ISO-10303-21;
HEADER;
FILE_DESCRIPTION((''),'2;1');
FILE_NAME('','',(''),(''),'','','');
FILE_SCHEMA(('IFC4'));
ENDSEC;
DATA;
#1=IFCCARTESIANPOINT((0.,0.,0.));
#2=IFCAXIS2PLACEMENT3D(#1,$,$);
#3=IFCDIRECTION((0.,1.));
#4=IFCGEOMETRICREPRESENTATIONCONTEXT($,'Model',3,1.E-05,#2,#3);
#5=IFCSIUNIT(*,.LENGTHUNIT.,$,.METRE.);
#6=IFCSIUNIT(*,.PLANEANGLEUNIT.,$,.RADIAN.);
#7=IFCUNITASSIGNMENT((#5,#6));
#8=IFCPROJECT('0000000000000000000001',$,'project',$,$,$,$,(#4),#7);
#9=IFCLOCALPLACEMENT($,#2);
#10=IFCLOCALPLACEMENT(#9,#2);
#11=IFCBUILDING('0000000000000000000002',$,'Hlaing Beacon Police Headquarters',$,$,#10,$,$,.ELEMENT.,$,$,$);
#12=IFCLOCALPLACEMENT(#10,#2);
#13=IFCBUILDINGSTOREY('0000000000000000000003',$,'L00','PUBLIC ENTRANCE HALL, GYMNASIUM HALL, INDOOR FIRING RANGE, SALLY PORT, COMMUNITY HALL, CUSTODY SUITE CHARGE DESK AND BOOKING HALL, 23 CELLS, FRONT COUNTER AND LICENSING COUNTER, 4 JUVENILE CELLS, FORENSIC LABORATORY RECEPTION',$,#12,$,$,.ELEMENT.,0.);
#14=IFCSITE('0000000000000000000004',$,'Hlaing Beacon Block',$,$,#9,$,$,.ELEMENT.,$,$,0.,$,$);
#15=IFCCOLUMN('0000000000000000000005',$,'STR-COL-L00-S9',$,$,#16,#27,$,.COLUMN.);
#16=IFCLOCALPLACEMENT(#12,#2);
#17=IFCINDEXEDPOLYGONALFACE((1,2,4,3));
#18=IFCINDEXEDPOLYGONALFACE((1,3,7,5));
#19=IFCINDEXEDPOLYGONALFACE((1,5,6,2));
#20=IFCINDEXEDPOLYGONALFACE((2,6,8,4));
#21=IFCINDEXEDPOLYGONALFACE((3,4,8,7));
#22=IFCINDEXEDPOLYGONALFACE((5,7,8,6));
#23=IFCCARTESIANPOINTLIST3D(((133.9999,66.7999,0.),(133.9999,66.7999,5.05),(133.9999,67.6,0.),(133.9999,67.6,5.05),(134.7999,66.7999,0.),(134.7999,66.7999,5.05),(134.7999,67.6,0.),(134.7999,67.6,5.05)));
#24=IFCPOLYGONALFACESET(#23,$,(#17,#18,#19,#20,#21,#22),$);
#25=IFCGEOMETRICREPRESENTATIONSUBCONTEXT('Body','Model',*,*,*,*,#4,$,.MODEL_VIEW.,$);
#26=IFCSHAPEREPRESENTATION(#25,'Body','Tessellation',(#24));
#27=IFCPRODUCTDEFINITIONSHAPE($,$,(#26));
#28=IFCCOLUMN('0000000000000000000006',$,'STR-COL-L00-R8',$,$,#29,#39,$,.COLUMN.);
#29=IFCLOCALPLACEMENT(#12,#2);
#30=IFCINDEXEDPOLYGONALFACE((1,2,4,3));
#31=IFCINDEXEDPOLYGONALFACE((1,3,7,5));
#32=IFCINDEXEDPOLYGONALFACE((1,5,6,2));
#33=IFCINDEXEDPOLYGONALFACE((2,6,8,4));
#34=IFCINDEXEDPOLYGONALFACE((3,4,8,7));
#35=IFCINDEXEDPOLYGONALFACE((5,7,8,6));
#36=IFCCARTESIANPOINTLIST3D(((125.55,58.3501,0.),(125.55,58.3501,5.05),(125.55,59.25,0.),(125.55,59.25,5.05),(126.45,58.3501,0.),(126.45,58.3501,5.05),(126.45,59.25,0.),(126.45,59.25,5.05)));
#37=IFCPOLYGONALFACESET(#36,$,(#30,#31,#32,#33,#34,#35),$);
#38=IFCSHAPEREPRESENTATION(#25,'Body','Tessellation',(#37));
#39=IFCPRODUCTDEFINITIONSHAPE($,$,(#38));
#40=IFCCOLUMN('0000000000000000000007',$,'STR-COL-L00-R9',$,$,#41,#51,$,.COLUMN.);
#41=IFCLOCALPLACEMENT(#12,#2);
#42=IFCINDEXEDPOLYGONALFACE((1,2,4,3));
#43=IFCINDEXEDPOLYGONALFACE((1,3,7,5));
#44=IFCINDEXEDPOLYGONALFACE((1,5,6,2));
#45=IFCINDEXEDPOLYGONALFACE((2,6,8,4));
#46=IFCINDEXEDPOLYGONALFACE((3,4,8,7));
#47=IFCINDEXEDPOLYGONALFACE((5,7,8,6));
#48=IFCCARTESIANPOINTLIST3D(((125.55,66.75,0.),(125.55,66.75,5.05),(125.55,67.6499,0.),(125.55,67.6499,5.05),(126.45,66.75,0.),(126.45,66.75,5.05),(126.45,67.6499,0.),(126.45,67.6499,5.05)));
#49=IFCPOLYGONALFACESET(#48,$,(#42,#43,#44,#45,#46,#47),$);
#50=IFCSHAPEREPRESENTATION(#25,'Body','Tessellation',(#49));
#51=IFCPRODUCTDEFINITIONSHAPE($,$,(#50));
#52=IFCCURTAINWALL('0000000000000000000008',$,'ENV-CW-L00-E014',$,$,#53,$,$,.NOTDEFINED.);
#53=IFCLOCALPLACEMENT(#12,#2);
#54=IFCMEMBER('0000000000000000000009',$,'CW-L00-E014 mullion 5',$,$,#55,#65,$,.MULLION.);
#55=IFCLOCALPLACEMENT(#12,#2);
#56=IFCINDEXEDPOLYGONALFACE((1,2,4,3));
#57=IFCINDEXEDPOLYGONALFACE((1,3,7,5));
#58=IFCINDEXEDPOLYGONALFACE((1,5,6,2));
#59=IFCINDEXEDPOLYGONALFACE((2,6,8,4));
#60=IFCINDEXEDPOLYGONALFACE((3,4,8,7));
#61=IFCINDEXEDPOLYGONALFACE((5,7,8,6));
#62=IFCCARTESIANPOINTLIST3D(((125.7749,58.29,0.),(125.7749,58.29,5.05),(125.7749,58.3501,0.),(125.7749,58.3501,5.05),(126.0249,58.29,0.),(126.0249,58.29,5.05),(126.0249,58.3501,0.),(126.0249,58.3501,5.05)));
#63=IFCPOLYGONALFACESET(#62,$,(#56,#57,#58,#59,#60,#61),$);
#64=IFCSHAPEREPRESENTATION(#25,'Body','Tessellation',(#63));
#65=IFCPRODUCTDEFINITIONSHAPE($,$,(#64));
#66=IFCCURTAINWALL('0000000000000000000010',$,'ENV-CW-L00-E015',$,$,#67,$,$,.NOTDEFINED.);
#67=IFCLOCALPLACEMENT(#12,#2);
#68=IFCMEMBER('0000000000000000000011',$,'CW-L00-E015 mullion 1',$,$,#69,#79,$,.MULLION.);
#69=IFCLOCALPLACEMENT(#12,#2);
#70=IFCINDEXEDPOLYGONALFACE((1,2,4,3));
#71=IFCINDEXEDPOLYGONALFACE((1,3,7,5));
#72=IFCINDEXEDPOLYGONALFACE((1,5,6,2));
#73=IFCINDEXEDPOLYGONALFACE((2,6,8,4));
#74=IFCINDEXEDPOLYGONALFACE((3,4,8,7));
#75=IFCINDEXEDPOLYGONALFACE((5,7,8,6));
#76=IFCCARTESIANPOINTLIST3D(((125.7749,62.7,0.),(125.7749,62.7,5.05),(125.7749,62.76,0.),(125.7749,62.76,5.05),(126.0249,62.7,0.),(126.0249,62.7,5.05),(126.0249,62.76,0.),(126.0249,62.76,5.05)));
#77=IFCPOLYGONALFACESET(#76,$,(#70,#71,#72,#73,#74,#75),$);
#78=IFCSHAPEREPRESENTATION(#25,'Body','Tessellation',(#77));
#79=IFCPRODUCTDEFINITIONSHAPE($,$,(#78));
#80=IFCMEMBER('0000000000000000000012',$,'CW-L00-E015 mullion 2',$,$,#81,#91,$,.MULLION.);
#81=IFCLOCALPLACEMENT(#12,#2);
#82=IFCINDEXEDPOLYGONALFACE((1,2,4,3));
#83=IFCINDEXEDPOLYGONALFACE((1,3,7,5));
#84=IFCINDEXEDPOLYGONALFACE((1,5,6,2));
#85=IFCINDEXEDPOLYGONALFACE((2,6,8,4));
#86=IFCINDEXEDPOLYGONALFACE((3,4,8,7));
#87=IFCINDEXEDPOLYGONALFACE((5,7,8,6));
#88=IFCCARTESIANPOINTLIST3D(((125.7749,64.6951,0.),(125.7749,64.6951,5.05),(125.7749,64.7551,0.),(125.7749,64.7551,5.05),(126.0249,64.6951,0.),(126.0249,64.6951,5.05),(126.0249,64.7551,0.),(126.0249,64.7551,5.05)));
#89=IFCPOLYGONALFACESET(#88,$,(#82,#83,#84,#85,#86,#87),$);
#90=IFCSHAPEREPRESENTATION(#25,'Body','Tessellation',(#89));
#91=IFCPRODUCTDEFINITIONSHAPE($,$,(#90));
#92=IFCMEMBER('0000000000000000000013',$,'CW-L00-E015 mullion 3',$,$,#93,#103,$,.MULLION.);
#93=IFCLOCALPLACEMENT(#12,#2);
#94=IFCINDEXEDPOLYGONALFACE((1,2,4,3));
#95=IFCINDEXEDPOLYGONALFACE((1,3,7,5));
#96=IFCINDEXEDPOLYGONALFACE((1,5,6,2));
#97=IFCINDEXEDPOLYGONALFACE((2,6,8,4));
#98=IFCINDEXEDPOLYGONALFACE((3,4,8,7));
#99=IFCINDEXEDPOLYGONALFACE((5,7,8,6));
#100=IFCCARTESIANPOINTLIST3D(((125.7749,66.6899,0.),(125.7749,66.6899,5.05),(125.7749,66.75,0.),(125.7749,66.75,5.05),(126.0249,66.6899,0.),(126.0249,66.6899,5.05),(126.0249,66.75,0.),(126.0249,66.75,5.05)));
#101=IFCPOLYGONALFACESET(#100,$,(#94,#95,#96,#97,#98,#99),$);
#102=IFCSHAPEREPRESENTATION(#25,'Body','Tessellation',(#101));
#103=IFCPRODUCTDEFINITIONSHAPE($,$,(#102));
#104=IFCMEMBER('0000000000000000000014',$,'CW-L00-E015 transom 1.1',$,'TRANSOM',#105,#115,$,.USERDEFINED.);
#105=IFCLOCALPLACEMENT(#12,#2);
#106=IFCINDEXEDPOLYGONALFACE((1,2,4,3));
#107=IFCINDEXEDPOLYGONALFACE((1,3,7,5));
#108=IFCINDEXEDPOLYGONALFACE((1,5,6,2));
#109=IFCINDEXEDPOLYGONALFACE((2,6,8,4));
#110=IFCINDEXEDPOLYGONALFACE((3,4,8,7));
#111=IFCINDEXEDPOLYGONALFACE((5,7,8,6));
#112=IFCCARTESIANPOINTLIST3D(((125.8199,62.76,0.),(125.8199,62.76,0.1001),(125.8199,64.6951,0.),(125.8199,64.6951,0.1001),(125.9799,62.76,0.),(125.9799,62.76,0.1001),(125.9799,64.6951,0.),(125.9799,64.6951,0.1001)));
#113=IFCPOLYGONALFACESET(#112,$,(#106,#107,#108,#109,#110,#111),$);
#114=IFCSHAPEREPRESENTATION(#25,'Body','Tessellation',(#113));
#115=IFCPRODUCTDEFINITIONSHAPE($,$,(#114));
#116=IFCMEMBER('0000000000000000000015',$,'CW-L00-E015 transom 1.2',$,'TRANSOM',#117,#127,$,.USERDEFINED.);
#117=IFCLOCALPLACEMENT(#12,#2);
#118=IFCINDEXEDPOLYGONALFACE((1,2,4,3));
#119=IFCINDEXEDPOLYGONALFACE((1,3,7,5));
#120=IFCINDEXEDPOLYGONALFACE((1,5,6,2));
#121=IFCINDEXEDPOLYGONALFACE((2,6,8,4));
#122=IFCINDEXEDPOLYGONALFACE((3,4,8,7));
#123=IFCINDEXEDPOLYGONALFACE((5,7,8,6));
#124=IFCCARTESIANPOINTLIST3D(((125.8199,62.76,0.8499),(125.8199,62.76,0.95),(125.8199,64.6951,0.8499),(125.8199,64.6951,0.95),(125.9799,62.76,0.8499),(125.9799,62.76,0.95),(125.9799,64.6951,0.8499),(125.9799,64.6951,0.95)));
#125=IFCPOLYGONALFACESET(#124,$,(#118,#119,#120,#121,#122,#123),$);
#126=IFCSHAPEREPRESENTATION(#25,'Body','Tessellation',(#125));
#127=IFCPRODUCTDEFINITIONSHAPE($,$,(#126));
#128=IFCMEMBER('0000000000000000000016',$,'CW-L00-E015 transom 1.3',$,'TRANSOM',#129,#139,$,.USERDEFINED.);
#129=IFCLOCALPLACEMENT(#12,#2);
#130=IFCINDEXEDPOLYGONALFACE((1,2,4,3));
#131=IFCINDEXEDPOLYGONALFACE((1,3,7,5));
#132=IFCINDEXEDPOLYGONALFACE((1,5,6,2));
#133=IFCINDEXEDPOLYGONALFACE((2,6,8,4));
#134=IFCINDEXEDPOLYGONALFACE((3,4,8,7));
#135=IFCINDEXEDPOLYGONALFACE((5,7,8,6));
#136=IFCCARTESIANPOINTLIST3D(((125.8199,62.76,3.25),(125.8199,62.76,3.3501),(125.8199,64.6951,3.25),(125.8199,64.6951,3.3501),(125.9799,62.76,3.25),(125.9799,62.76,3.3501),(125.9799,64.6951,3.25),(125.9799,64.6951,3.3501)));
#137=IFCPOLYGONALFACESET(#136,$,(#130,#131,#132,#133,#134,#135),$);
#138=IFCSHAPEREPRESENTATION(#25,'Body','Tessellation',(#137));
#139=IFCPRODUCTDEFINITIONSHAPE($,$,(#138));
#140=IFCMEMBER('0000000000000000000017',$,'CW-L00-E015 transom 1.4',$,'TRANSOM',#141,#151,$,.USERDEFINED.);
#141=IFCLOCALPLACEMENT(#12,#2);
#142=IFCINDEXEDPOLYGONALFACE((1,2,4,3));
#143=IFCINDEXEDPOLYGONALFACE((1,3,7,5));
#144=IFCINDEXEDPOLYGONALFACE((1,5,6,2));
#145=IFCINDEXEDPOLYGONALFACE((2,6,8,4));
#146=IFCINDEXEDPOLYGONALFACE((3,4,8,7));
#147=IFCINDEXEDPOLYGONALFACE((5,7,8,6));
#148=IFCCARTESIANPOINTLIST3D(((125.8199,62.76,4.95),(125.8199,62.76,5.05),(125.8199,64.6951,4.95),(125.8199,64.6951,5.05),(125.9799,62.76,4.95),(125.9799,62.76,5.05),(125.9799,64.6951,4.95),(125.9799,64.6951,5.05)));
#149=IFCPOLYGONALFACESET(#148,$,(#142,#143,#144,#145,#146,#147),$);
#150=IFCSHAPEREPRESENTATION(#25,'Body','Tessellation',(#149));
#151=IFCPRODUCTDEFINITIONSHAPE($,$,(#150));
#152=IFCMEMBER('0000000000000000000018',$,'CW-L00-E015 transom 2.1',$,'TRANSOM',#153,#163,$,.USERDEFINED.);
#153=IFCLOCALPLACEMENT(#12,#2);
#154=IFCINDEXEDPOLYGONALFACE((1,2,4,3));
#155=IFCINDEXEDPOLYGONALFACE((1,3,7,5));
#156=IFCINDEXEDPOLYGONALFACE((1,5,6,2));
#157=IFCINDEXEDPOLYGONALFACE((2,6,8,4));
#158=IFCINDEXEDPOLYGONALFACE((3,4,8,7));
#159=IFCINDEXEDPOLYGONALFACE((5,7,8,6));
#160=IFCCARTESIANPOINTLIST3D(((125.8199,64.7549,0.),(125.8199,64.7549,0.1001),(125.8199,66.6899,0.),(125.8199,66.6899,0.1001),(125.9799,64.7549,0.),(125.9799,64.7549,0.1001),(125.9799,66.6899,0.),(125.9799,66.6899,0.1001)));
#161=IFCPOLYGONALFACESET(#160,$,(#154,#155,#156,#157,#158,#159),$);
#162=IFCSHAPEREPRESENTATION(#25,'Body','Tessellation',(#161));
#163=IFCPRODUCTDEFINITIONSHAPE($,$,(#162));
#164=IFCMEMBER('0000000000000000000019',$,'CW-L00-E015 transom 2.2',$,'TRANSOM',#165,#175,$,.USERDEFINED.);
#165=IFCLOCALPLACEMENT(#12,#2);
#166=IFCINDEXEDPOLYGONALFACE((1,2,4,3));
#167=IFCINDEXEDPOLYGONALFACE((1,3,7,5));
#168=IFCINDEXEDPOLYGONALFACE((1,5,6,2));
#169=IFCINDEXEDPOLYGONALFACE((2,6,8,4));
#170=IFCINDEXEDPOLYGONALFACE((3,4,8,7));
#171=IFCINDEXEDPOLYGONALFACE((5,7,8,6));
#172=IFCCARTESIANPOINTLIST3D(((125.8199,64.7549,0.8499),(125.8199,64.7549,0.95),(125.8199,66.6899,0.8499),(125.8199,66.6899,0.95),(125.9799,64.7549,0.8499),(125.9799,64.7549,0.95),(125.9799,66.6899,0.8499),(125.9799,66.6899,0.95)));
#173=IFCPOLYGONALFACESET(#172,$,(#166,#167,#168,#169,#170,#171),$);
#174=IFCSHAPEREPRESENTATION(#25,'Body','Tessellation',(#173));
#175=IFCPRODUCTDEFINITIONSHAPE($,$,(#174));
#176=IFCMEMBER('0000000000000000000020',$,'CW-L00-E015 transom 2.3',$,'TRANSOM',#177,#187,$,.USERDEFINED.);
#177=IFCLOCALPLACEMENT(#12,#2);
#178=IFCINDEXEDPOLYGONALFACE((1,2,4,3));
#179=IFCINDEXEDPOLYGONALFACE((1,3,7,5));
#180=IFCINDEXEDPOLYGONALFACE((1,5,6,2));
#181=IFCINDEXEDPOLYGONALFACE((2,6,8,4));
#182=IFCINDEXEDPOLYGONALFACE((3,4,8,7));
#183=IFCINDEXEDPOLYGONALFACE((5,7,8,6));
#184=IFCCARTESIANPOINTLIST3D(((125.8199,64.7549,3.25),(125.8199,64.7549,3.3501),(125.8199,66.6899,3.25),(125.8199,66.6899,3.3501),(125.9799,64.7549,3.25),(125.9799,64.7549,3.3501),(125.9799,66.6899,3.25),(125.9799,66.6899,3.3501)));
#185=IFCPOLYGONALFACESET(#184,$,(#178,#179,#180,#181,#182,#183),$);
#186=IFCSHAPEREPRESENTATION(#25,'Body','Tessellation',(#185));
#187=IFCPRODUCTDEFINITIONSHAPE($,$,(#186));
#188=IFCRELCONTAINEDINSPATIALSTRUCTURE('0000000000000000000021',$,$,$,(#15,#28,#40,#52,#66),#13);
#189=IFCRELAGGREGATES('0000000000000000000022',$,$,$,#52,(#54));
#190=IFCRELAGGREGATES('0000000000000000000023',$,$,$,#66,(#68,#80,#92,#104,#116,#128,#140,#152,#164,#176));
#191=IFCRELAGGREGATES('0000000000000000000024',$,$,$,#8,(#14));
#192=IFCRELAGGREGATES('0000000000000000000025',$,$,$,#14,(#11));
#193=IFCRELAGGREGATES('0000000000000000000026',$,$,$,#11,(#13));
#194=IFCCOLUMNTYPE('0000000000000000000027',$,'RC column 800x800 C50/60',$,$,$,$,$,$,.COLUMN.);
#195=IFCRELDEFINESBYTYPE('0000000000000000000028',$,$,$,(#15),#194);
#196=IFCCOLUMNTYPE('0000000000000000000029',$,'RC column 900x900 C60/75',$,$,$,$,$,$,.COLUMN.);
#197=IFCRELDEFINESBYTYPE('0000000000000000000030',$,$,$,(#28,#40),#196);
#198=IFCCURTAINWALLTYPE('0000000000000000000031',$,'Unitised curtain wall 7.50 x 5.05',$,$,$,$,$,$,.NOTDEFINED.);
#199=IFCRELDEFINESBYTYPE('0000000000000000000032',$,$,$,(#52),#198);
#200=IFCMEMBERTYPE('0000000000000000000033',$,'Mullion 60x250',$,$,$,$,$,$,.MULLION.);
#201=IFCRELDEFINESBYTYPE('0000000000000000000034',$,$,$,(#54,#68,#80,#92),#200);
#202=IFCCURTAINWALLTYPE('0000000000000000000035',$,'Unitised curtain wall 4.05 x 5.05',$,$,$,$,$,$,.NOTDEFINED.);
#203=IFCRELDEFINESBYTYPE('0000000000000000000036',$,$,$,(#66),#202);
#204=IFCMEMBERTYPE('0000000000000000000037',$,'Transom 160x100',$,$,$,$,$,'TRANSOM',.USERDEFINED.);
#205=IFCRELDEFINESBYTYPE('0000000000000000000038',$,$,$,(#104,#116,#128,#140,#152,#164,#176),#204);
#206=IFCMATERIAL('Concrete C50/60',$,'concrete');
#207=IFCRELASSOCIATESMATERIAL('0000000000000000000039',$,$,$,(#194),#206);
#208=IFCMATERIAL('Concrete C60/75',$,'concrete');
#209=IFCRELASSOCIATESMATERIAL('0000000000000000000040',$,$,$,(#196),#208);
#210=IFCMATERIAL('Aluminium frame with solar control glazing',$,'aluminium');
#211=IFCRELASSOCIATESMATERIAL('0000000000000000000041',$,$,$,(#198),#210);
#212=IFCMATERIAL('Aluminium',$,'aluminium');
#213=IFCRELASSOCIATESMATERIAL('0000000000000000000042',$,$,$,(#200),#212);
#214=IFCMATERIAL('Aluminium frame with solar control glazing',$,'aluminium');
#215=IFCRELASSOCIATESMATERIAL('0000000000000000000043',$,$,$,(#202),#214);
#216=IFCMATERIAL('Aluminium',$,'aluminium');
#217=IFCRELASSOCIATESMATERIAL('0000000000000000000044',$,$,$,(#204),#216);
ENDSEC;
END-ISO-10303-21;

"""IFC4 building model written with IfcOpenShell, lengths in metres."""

from ifc_helpers import new_model, si_unit, direction, frame, origin, origin_2d, place, context, subcontext, project, spatial, rectangle, extrude, material, material_profile, profile_set, type_object, element, aggregate, save


model = new_model("IFC4")

# Units and contexts
model_context = context("Model", 3, precision=1e-05, world=origin(), true_north=direction((0.0, 1.0)))
body_context = subcontext(model_context, "Body", "Model", "MODEL_VIEW")
ifc_project = project(units=[si_unit("LENGTHUNIT", "METRE"), si_unit("PLANEANGLEUNIT", "RADIAN")], contexts=[model_context])

# Site, building, storey
site_placement = place(None, origin())
site = spatial("IfcSite", under=ifc_project, at=site_placement, Name="Hlaing Beacon Block", CompositionType="ELEMENT", RefElevation=0.0)
building_placement = place(site_placement, origin())
building = spatial("IfcBuilding", under=site, at=building_placement, Name="Hlaing Beacon Police Headquarters", CompositionType="ELEMENT")
storey_placement = place(building_placement, origin())
storey = spatial("IfcBuildingStorey", under=building, at=storey_placement, Name="L00", Description="PUBLIC ENTRANCE HALL, GYMNASIUM HALL, INDOOR FIRING RANGE, SALLY PORT, COMMUNITY HALL, CUSTODY SUITE CHARGE DESK AND BOOKING HALL, 23 CELLS, FRONT COUNTER AND LICENSING COUNTER, 4 JUVENILE CELLS, FORENSIC LABORATORY RECEPTION", CompositionType="ELEMENT", Elevation=0.0)

# Columns
ifc_material_1 = material(Name="Concrete C50/60", Category="concrete")
ifc_material_profile_1 = material_profile(ifc_material_1, rectangle(XDim=0.8, YDim=0.8, at=origin_2d()), Name="800x800")
ifc_profile_set_1 = profile_set([ifc_material_profile_1], Name="Concrete C50/60")
column_type_1 = type_object("IfcColumnType", Name="RC column 800x800 C50/60", PredefinedType="COLUMN", material=ifc_profile_set_1)
column_placement = place(storey_placement, frame((134.3999, 67.2, 0.0), z_axis=(0.0, 0.0, 1.0), x_axis=(1.0, 0.0, 0.0)))
element("IfcColumn", 1, at=column_placement, inside=storey, type_object=column_type_1, Name="STR-COL-L00-S9", PredefinedType="COLUMN", context=body_context, shape_type="SweptSolid", body=[
    extrude(rectangle(XDim=0.8, YDim=0.8, at=origin_2d()), origin(), (0.0, 0.0, 1.0), 5.05),
])
ifc_material_2 = material(Name="Concrete C60/75", Category="concrete")
ifc_material_profile_2 = material_profile(ifc_material_2, rectangle(XDim=0.8999, YDim=0.8999, at=origin_2d()), Name="900x900")
ifc_profile_set_2 = profile_set([ifc_material_profile_2], Name="Concrete C60/75")
column_type_2 = type_object("IfcColumnType", Name="RC column 900x900 C60/75", PredefinedType="COLUMN", material=ifc_profile_set_2)
for number, where, z_axis, x_axis, name in (
    (2, (126.0, 58.8, 0.0), (0.0, 0.0, 1.0), (1.0, 0.0, 0.0), "STR-COL-L00-R8"),
    (3, (126.0, 67.2, 0.0), (0.0, 0.0, 1.0), (1.0, 0.0, 0.0), "STR-COL-L00-R9"),
):
    element("IfcColumn", number, at=place(storey_placement, frame(where, z_axis=z_axis, x_axis=x_axis)), inside=storey, type_object=column_type_2, Name=name, PredefinedType="COLUMN", context=body_context, shape_type="SweptSolid", body=[
        extrude(rectangle(XDim=0.8999, YDim=0.8999, at=origin_2d()), origin(), (0.0, 0.0, 1.0), 5.05),
    ])

# Curtain wall, member
ifc_material_3 = material(Name="Aluminium frame with solar control glazing", Category="aluminium")
curtain_wall_type_1 = type_object("IfcCurtainWallType", Name="Unitised curtain wall 7.50 x 5.05", PredefinedType="NOTDEFINED", material=ifc_material_3)
curtain_wall_1_placement = place(storey_placement, origin())
curtain_wall_1 = element("IfcCurtainWall", 4, at=curtain_wall_1_placement, inside=storey, type_object=curtain_wall_type_1, Name="ENV-CW-L00-E014", PredefinedType="NOTDEFINED")
ifc_material_4 = material(Name="Aluminium", Category="aluminium")
ifc_material_profile_3 = material_profile(ifc_material_4, rectangle(XDim=0.25, YDim=0.0601, at=origin_2d()), Name="Mullion 60x250")
ifc_profile_set_3 = profile_set([ifc_material_profile_3], Name="Aluminium")
member_type_1 = type_object("IfcMemberType", Name="Mullion 60x250", PredefinedType="MULLION", material=ifc_profile_set_3)
member_1_placement = place(storey_placement, frame((125.8999, 58.3201, 0.0), z_axis=(0.0, 0.0, 1.0), x_axis=(-1.0, 0.0, 0.0)))
member_1 = element("IfcMember", 5, at=member_1_placement, type_object=member_type_1, Name="CW-L00-E014 mullion 5", PredefinedType="MULLION", context=body_context, shape_type="SweptSolid", body=[
    extrude(rectangle(XDim=0.25, YDim=0.0601, at=origin_2d()), origin(), (0.0, 0.0, 1.0), 5.05),
])

# Curtain wall, members
ifc_material_5 = material(Name="Aluminium frame with solar control glazing", Category="aluminium")
curtain_wall_type_2 = type_object("IfcCurtainWallType", Name="Unitised curtain wall 4.05 x 5.05", PredefinedType="NOTDEFINED", material=ifc_material_5)
curtain_wall_2_placement = place(storey_placement, origin())
curtain_wall_2 = element("IfcCurtainWall", 6, at=curtain_wall_2_placement, inside=storey, type_object=curtain_wall_type_2, Name="ENV-CW-L00-E015", PredefinedType="NOTDEFINED")
member_2_placement = place(storey_placement, frame((125.8999, 62.73, 0.0), z_axis=(0.0, 0.0, 1.0), x_axis=(-1.0, 0.0, 0.0)))
member_2 = element("IfcMember", 7, at=member_2_placement, type_object=member_type_1, Name="CW-L00-E015 mullion 1", PredefinedType="MULLION", context=body_context, shape_type="SweptSolid", body=[
    extrude(rectangle(XDim=0.25, YDim=0.0601, at=origin_2d()), origin(), (0.0, 0.0, 1.0), 5.05),
])
member_3_placement = place(storey_placement, frame((125.8999, 64.7251, 0.0), z_axis=(0.0, 0.0, 1.0), x_axis=(-1.0, 0.0, 0.0)))
member_3 = element("IfcMember", 8, at=member_3_placement, type_object=member_type_1, Name="CW-L00-E015 mullion 2", PredefinedType="MULLION", context=body_context, shape_type="SweptSolid", body=[
    extrude(rectangle(XDim=0.25, YDim=0.0601, at=origin_2d()), origin(), (0.0, 0.0, 1.0), 5.05),
])
member_4_placement = place(storey_placement, frame((125.8999, 66.72, 0.0), z_axis=(0.0, 0.0, 1.0), x_axis=(-1.0, 0.0, 0.0)))
member_4 = element("IfcMember", 9, at=member_4_placement, type_object=member_type_1, Name="CW-L00-E015 mullion 3", PredefinedType="MULLION", context=body_context, shape_type="SweptSolid", body=[
    extrude(rectangle(XDim=0.25, YDim=0.0601, at=origin_2d()), origin(), (0.0, 0.0, 1.0), 5.05),
])
ifc_material_6 = material(Name="Aluminium", Category="aluminium")
ifc_material_profile_4 = material_profile(ifc_material_6, rectangle(XDim=0.1599, YDim=0.1001, at=origin_2d()), Name="Transom 160x100")
ifc_profile_set_4 = profile_set([ifc_material_profile_4], Name="Aluminium")
member_type_2 = type_object("IfcMemberType", Name="Transom 160x100", ElementType="TRANSOM", PredefinedType="USERDEFINED", material=ifc_profile_set_4)
member_5_placement = place(storey_placement, frame((125.8999, 62.76, 0.05), z_axis=(0.0, 1.0, 0.0), x_axis=(-1.0, 0.0, 0.0)))
member_5 = element("IfcMember", 10, at=member_5_placement, type_object=member_type_2, Name="CW-L00-E015 transom 1.1", ObjectType="TRANSOM", PredefinedType="USERDEFINED", context=body_context, shape_type="SweptSolid", body=[
    extrude(rectangle(XDim=0.1599, YDim=0.1001, at=origin_2d()), origin(), (0.0, 0.0, 1.0), 1.9351),
])
member_6_placement = place(storey_placement, frame((125.8999, 62.76, 0.8999), z_axis=(0.0, 1.0, 0.0), x_axis=(-1.0, 0.0, 0.0)))
member_6 = element("IfcMember", 11, at=member_6_placement, type_object=member_type_2, Name="CW-L00-E015 transom 1.2", ObjectType="TRANSOM", PredefinedType="USERDEFINED", context=body_context, shape_type="SweptSolid", body=[
    extrude(rectangle(XDim=0.1599, YDim=0.1001, at=origin_2d()), origin(), (0.0, 0.0, 1.0), 1.9351),
])
member_7_placement = place(storey_placement, frame((125.8999, 62.76, 3.3), z_axis=(0.0, 1.0, 0.0), x_axis=(-1.0, 0.0, 0.0)))
member_7 = element("IfcMember", 12, at=member_7_placement, type_object=member_type_2, Name="CW-L00-E015 transom 1.3", ObjectType="TRANSOM", PredefinedType="USERDEFINED", context=body_context, shape_type="SweptSolid", body=[
    extrude(rectangle(XDim=0.1599, YDim=0.1001, at=origin_2d()), origin(), (0.0, 0.0, 1.0), 1.9351),
])
member_8_placement = place(storey_placement, frame((125.8999, 62.76, 5.0), z_axis=(0.0, 1.0, 0.0), x_axis=(-1.0, 0.0, 0.0)))
member_8 = element("IfcMember", 13, at=member_8_placement, type_object=member_type_2, Name="CW-L00-E015 transom 1.4", ObjectType="TRANSOM", PredefinedType="USERDEFINED", context=body_context, shape_type="SweptSolid", body=[
    extrude(rectangle(XDim=0.1599, YDim=0.1001, at=origin_2d()), origin(), (0.0, 0.0, 1.0), 1.9351),
])
member_9_placement = place(storey_placement, frame((125.8999, 64.7549, 0.05), z_axis=(0.0, 1.0, 0.0), x_axis=(-1.0, 0.0, 0.0)))
member_9 = element("IfcMember", 14, at=member_9_placement, type_object=member_type_2, Name="CW-L00-E015 transom 2.1", ObjectType="TRANSOM", PredefinedType="USERDEFINED", context=body_context, shape_type="SweptSolid", body=[
    extrude(rectangle(XDim=0.1599, YDim=0.1001, at=origin_2d()), origin(), (0.0, 0.0, 1.0), 1.9351),
])
member_10_placement = place(storey_placement, frame((125.8999, 64.7549, 0.8999), z_axis=(0.0, 1.0, 0.0), x_axis=(-1.0, 0.0, 0.0)))
member_10 = element("IfcMember", 15, at=member_10_placement, type_object=member_type_2, Name="CW-L00-E015 transom 2.2", ObjectType="TRANSOM", PredefinedType="USERDEFINED", context=body_context, shape_type="SweptSolid", body=[
    extrude(rectangle(XDim=0.1599, YDim=0.1001, at=origin_2d()), origin(), (0.0, 0.0, 1.0), 1.9351),
])
member_11_placement = place(storey_placement, frame((125.8999, 64.7549, 3.3), z_axis=(0.0, 1.0, 0.0), x_axis=(-1.0, 0.0, 0.0)))
member_11 = element("IfcMember", 16, at=member_11_placement, type_object=member_type_2, Name="CW-L00-E015 transom 2.3", ObjectType="TRANSOM", PredefinedType="USERDEFINED", context=body_context, shape_type="SweptSolid", body=[
    extrude(rectangle(XDim=0.1599, YDim=0.1001, at=origin_2d()), origin(), (0.0, 0.0, 1.0), 1.9351),
])

aggregate(curtain_wall_1, [member_1])
aggregate(curtain_wall_2, [member_2, member_3, member_4, member_5, member_6, member_7, member_8, member_9, member_10, member_11])

save(model, "model.ifc")
